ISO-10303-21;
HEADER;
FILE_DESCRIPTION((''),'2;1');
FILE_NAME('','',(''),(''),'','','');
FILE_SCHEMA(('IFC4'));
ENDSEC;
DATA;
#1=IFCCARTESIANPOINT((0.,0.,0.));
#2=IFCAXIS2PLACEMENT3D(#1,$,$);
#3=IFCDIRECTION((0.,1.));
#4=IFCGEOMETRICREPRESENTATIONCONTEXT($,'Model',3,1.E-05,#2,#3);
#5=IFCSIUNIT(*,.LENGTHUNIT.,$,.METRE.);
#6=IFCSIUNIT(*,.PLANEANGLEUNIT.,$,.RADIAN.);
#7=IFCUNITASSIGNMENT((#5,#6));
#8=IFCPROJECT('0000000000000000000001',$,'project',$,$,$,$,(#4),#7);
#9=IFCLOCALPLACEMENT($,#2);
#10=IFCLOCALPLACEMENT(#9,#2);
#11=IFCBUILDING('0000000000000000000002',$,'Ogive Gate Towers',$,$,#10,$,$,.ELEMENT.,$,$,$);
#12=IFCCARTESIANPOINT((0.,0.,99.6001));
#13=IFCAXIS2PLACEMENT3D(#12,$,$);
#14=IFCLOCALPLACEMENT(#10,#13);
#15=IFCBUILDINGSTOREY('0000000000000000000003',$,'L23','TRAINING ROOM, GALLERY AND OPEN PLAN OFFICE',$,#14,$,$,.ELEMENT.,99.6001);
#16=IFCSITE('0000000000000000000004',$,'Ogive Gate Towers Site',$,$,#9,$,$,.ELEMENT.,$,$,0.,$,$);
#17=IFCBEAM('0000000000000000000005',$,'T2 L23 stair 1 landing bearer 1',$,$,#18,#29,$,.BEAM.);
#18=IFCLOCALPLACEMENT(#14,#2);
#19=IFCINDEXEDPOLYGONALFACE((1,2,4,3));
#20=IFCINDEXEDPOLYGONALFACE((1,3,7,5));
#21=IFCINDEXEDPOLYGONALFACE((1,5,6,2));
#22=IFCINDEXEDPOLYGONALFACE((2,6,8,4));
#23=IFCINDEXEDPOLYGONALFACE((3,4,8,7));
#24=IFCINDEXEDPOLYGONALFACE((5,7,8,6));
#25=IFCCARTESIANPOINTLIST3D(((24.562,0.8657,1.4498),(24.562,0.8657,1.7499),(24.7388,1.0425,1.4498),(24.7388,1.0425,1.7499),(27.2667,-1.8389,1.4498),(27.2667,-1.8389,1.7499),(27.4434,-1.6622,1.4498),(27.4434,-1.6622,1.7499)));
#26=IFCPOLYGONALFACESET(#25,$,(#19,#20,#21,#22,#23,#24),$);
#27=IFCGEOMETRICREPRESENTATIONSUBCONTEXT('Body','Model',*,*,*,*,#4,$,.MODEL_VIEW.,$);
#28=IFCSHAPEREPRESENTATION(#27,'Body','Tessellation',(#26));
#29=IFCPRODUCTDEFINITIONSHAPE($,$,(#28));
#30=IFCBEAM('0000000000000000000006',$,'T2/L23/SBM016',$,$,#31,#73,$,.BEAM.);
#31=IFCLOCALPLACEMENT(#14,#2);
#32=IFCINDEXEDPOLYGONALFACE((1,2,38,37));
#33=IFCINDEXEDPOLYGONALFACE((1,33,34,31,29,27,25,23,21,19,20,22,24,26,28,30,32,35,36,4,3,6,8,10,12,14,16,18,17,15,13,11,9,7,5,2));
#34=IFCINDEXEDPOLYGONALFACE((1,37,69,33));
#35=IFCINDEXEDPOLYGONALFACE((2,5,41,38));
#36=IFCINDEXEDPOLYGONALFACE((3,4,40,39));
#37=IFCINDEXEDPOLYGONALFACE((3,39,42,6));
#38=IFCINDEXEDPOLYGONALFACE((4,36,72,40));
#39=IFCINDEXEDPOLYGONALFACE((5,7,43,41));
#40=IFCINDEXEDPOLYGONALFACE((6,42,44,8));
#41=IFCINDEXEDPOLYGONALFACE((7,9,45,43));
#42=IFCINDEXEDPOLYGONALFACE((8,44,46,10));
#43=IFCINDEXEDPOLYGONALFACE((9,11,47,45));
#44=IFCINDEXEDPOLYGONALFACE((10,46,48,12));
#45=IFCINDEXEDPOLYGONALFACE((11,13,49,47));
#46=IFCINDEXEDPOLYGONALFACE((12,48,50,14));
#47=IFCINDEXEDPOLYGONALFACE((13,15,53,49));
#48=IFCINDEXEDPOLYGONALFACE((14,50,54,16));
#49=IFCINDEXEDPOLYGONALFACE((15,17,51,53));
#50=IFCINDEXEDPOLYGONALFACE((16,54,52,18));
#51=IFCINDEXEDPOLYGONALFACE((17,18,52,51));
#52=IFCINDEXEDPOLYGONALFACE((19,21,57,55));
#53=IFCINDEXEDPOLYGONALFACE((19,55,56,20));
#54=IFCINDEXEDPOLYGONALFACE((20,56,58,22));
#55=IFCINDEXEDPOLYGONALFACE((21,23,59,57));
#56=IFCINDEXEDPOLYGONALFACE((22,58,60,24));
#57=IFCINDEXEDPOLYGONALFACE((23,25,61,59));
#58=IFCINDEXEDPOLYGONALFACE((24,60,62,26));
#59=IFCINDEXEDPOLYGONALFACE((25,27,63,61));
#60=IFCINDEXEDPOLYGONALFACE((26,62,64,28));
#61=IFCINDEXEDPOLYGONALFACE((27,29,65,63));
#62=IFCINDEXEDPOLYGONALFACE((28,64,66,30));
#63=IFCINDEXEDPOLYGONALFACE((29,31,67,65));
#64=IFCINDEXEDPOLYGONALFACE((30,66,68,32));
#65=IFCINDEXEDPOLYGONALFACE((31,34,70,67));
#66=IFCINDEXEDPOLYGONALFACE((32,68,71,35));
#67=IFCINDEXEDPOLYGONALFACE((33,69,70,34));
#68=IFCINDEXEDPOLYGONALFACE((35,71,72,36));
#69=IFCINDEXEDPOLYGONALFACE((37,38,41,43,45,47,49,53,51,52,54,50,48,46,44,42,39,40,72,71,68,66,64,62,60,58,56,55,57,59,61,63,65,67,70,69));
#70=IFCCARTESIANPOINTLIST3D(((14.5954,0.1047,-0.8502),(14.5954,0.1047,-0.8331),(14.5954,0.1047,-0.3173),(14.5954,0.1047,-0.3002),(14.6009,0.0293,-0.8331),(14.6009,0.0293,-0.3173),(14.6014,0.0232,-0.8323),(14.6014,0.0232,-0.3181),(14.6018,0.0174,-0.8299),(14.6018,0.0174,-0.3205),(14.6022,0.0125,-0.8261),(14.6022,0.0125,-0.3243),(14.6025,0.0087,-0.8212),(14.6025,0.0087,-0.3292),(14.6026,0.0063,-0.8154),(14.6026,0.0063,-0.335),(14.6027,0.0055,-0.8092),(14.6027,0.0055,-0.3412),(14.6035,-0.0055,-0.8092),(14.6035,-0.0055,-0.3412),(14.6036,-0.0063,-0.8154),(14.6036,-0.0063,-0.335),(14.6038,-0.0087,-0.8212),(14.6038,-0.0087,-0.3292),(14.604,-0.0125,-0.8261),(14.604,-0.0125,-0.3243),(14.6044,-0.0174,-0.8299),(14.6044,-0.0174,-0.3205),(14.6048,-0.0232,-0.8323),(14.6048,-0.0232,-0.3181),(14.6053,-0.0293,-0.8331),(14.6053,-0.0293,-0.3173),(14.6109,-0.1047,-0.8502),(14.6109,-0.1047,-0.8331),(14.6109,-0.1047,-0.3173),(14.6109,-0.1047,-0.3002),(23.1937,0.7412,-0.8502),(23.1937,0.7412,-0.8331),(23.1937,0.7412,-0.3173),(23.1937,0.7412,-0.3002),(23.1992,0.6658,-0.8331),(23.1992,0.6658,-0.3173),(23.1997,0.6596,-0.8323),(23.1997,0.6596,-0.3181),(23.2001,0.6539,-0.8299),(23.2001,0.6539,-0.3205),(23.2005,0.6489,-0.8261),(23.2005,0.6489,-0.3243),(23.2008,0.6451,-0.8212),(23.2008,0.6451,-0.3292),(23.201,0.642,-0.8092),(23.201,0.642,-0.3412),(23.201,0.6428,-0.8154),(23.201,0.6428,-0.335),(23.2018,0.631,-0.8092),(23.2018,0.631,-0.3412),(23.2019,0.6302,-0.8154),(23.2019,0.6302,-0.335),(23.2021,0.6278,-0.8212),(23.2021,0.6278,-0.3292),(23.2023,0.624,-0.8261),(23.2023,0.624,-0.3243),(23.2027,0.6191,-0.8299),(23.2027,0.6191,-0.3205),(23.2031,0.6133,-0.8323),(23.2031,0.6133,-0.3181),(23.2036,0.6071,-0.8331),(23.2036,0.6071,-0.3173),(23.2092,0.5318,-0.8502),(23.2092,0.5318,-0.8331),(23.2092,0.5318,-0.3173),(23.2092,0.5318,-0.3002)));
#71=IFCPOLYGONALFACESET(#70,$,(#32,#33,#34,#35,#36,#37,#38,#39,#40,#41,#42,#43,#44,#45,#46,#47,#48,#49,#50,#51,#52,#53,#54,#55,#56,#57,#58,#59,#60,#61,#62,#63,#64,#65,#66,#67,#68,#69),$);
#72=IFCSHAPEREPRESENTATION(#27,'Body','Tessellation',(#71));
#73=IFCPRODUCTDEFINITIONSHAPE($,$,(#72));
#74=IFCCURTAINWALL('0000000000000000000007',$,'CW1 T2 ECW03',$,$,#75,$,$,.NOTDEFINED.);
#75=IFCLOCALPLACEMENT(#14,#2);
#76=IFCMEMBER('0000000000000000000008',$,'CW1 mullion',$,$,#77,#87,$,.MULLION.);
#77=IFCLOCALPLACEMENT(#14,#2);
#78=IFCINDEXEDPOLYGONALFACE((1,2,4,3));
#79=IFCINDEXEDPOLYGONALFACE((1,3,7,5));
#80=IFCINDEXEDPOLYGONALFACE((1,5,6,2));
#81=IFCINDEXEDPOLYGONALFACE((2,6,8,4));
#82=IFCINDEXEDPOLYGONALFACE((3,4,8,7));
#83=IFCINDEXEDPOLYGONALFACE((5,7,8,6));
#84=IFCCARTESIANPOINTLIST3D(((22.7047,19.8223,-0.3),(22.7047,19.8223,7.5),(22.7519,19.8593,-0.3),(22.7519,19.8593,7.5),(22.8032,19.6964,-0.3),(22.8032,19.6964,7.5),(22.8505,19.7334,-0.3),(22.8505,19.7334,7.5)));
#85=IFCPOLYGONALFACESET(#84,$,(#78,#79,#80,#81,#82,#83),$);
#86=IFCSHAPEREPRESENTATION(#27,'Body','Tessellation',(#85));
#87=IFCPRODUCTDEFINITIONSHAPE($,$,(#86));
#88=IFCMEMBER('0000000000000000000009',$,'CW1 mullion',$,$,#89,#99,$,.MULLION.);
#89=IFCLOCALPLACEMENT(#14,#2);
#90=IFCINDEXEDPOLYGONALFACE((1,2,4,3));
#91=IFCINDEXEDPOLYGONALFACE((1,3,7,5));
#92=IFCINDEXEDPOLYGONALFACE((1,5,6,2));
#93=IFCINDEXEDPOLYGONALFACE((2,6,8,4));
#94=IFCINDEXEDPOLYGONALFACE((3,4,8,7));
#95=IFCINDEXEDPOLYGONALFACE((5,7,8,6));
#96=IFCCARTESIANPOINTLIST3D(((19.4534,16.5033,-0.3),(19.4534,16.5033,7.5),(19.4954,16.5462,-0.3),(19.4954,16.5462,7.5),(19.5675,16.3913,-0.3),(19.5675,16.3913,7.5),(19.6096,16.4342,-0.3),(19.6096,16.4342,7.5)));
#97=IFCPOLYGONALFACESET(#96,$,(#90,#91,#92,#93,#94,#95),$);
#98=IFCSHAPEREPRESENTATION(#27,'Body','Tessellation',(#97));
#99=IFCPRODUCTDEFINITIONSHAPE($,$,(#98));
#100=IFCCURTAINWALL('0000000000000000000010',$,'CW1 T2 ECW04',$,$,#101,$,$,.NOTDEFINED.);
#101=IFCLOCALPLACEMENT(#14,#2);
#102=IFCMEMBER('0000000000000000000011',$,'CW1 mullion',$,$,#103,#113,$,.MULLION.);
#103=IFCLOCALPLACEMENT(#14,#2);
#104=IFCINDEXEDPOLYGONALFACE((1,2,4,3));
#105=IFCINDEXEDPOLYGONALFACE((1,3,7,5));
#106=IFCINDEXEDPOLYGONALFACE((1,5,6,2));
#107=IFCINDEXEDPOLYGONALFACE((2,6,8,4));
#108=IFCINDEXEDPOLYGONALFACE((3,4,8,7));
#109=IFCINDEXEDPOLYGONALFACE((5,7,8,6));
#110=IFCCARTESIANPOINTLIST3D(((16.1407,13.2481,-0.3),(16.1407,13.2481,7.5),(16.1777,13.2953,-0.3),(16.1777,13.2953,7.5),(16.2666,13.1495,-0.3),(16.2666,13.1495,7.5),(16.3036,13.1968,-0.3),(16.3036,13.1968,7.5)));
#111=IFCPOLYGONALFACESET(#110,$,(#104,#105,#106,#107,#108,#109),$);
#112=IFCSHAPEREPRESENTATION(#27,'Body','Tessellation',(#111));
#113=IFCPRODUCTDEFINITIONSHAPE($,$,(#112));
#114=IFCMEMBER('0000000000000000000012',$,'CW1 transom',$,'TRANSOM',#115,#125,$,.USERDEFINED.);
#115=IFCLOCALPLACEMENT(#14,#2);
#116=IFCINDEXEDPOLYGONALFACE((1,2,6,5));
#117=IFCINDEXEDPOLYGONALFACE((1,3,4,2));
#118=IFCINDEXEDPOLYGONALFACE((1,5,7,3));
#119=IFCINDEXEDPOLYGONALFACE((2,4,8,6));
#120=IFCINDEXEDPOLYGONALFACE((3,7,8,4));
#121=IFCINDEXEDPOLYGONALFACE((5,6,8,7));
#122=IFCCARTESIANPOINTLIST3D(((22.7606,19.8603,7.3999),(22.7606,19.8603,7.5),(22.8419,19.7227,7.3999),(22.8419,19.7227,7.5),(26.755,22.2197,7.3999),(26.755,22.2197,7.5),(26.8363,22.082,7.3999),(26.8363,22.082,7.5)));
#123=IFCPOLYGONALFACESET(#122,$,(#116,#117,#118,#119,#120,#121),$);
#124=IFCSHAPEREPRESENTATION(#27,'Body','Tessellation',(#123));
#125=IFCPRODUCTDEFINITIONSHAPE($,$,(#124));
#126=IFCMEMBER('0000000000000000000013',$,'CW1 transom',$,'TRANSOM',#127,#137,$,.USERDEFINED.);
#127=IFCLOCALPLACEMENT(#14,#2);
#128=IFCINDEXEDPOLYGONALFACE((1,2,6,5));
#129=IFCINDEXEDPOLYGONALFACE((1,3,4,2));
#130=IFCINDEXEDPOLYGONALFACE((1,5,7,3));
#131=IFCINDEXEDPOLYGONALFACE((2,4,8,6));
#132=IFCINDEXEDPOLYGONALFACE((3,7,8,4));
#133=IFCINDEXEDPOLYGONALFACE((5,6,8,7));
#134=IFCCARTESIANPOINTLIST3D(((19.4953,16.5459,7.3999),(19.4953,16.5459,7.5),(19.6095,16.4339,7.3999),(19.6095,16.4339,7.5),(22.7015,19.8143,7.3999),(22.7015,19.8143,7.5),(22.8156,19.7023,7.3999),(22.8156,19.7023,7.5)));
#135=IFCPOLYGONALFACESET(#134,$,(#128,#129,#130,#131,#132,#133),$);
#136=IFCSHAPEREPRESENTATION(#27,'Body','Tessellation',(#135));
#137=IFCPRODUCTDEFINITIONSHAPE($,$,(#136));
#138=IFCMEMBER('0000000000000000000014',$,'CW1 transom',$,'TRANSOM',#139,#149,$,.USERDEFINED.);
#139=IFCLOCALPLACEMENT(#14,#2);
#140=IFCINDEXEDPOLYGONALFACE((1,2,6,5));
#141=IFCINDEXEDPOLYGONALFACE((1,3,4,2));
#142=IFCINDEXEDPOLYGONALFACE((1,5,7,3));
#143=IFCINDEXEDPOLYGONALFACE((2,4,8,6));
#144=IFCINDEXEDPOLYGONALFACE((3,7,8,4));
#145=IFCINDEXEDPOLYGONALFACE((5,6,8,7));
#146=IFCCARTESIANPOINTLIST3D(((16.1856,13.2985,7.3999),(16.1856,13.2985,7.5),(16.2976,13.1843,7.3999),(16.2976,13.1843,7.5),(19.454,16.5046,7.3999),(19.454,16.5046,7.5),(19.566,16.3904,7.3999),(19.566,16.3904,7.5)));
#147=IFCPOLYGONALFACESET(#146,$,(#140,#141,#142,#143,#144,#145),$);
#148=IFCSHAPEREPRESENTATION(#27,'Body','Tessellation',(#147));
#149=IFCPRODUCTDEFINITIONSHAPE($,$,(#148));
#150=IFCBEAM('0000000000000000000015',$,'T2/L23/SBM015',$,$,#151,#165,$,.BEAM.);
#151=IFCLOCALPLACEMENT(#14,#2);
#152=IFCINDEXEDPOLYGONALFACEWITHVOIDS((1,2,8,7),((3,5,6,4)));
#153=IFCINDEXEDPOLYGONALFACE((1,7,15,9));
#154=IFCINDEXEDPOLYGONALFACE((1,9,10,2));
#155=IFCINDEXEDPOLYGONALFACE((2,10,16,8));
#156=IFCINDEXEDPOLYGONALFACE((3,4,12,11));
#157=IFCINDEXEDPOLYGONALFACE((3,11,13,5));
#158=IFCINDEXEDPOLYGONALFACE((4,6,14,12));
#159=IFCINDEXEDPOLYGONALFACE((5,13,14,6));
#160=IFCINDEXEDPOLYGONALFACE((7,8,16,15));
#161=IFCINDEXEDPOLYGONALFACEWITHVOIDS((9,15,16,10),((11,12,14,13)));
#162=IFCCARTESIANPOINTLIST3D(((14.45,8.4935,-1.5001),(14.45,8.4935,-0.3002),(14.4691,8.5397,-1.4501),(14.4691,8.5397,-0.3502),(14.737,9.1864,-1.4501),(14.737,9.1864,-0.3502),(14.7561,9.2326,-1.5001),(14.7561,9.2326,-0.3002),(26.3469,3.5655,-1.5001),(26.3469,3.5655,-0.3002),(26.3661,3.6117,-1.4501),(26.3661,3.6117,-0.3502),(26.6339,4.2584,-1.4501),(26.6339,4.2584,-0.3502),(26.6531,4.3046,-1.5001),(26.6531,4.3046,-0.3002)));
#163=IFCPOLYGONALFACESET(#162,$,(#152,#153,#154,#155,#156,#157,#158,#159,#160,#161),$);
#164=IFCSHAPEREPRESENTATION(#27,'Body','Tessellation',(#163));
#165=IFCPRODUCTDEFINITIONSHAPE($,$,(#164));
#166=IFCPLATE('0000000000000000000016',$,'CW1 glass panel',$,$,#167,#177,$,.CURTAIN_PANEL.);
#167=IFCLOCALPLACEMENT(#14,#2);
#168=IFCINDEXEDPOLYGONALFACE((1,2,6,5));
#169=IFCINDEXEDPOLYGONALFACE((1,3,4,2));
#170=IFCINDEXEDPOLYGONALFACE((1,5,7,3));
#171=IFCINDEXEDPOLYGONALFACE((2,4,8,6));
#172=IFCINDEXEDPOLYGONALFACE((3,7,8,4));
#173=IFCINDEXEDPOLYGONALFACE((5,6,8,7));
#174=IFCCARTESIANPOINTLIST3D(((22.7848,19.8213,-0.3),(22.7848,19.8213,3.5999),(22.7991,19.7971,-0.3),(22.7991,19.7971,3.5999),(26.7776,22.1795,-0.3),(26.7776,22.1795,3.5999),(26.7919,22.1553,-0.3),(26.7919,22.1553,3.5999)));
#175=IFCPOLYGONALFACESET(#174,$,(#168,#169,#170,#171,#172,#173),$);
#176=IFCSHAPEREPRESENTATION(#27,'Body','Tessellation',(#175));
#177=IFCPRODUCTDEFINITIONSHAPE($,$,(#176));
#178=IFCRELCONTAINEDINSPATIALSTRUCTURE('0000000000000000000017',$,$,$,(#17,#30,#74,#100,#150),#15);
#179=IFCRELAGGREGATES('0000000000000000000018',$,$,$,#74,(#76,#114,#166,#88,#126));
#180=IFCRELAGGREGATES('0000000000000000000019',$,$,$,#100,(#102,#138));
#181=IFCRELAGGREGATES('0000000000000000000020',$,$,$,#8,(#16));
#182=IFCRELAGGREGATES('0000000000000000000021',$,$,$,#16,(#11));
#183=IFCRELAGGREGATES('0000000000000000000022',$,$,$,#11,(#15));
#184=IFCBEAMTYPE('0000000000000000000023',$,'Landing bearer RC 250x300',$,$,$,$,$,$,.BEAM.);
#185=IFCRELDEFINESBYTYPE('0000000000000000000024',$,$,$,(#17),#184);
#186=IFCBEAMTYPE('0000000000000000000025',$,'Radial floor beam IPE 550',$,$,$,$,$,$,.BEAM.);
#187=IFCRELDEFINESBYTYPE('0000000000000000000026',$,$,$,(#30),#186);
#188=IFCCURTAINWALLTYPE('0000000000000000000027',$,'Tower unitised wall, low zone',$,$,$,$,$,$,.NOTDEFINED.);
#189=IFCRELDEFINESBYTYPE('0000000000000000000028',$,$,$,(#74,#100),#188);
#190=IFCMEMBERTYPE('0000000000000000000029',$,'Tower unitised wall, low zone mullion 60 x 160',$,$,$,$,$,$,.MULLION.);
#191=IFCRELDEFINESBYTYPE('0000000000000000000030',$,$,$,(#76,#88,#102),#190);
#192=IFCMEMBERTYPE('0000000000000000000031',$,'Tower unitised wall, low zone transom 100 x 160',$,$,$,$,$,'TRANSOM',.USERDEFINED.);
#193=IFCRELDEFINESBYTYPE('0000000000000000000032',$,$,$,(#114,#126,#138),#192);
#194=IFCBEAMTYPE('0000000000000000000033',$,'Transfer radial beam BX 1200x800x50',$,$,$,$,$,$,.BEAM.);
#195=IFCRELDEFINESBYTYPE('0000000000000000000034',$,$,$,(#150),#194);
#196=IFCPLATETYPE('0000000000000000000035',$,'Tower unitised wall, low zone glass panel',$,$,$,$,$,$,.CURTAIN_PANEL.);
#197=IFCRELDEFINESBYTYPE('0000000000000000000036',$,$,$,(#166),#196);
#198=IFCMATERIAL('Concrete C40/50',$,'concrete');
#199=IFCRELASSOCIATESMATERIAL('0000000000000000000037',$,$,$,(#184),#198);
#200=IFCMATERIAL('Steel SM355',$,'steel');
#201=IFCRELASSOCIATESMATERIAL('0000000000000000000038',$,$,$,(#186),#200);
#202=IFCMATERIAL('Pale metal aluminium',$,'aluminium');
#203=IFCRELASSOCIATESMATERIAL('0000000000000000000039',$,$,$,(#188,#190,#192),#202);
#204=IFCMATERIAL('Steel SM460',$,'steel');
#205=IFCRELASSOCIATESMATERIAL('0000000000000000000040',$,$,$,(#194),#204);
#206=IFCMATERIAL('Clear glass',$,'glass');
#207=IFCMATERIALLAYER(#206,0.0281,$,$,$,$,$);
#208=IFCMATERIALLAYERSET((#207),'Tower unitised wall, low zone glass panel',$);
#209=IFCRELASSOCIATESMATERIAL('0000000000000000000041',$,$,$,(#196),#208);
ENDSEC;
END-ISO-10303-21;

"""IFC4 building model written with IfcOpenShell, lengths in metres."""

from ifc_helpers import new_model, si_unit, direction, frame, origin, origin_2d, place, context, subcontext, project, spatial, rectangle, hollow_rectangle, i_section, extrude, material, layer, layer_set, material_profile, profile_set, type_object, element, aggregate, save


model = new_model("IFC4")

# Units and contexts
model_context = context("Model", 3, precision=1e-05, world=origin(), true_north=direction((0.0, 1.0)))
body_context = subcontext(model_context, "Body", "Model", "MODEL_VIEW")
ifc_project = project(units=[si_unit("LENGTHUNIT", "METRE"), si_unit("PLANEANGLEUNIT", "RADIAN")], contexts=[model_context])

# Site, building, storey
site_placement = place(None, origin())
site = spatial("IfcSite", under=ifc_project, at=site_placement, Name="Ogive Gate Towers Site", CompositionType="ELEMENT", RefElevation=0.0)
building_placement = place(site_placement, origin())
building = spatial("IfcBuilding", under=site, at=building_placement, Name="Ogive Gate Towers", CompositionType="ELEMENT")
storey_placement = place(building_placement, frame((0.0, 0.0, 99.6001)))
storey = spatial("IfcBuildingStorey", under=building, at=storey_placement, Name="L23", Description="TRAINING ROOM, GALLERY AND OPEN PLAN OFFICE", CompositionType="ELEMENT", Elevation=99.6001)

# Beams
ifc_material_1 = material(Name="Concrete C40/50", Category="concrete")
ifc_material_profile_1 = material_profile(ifc_material_1, rectangle(XDim=0.25, YDim=0.3, at=origin_2d()), Name="RC 250x300")
ifc_profile_set_1 = profile_set([ifc_material_profile_1], Name="Concrete C40/50")
beam_type_1 = type_object("IfcBeamType", Name="Landing bearer RC 250x300", PredefinedType="BEAM", material=ifc_profile_set_1)
beam_1_placement = place(storey_placement, frame((24.6504, 0.9541, 1.5999), z_axis=(0.707107, -0.707107, 0.0), x_axis=(0.707107, 0.707107, 0.0)))
element("IfcBeam", 1, at=beam_1_placement, inside=storey, type_object=beam_type_1, Name="T2 L23 stair 1 landing bearer 1", PredefinedType="BEAM", context=body_context, shape_type="SweptSolid", body=[
    extrude(rectangle(XDim=0.25, YDim=0.3, at=origin_2d()), origin(), (0.0, 0.0, 1.0), 3.825),
])
ifc_material_2 = material(Name="Steel SM355", Category="steel")
ifc_material_profile_2 = material_profile(ifc_material_2, i_section(OverallWidth=0.21, OverallDepth=0.55, WebThickness=0.011, FlangeThickness=0.0171, FilletRadius=0.0239, at=origin_2d()), Name="IPE 550")
ifc_profile_set_2 = profile_set([ifc_material_profile_2], Name="Steel SM355")
beam_type_2 = type_object("IfcBeamType", Name="Radial floor beam IPE 550", PredefinedType="BEAM", material=ifc_profile_set_2)
beam_2_placement = place(storey_placement, frame((23.2014, 0.6365, -0.5752), z_axis=(-0.997272, -0.073821, 0.0), x_axis=(0.073821, -0.997272, 0.0)))
element("IfcBeam", 2, at=beam_2_placement, inside=storey, type_object=beam_type_2, Name="T2/L23/SBM016", PredefinedType="BEAM", context=body_context, shape_type="SweptSolid", body=[
    extrude(i_section(OverallWidth=0.21, OverallDepth=0.55, WebThickness=0.011, FlangeThickness=0.0171, FilletRadius=0.0239, at=origin_2d()), origin(), (0.0, 0.0, 1.0), 8.6218),
])

# Curtain wall, members
ifc_material_3 = material(Name="Pale metal aluminium", Category="aluminium")
curtain_wall_type = type_object("IfcCurtainWallType", Name="Tower unitised wall, low zone", PredefinedType="NOTDEFINED", material=ifc_material_3)
curtain_wall_1_placement = place(storey_placement, origin())
curtain_wall_1 = element("IfcCurtainWall", 3, at=curtain_wall_1_placement, inside=storey, type_object=curtain_wall_type, Name="CW1 T2 ECW03", PredefinedType="NOTDEFINED")
ifc_material_profile_3 = material_profile(ifc_material_3, rectangle(XDim=0.1599, YDim=0.0601, at=origin_2d()), Name="60 x 160 aluminium box")
ifc_profile_set_3 = profile_set([ifc_material_profile_3], Name="Pale metal aluminium")
member_type_1 = type_object("IfcMemberType", Name="Tower unitised wall, low zone mullion 60 x 160", PredefinedType="MULLION", material=ifc_profile_set_3)
member_1_placement = place(storey_placement, frame((22.7776, 19.7778, -0.3), z_axis=(0.0, 0.0, 1.0), x_axis=(-0.616459, 0.787387, 0.0)))
member_1 = element("IfcMember", 4, at=member_1_placement, type_object=member_type_1, Name="CW1 mullion", PredefinedType="MULLION", context=body_context, shape_type="SweptSolid", body=[
    extrude(rectangle(XDim=0.1599, YDim=0.0601, at=origin_2d()), origin(), (0.0, 0.0, 1.0), 7.8),
])
member_2_placement = place(storey_placement, frame((19.5315, 16.4688, -0.3), z_axis=(0.0, 0.0, 1.0), x_axis=(-0.71385, 0.700299, 0.0)))
member_2 = element("IfcMember", 5, at=member_2_placement, type_object=member_type_1, Name="CW1 mullion", PredefinedType="MULLION", context=body_context, shape_type="SweptSolid", body=[
    extrude(rectangle(XDim=0.1599, YDim=0.0601, at=origin_2d()), origin(), (0.0, 0.0, 1.0), 7.8),
])

# Curtain wall, member
curtain_wall_2_placement = place(storey_placement, origin())
curtain_wall_2 = element("IfcCurtainWall", 6, at=curtain_wall_2_placement, inside=storey, type_object=curtain_wall_type, Name="CW1 T2 ECW04", PredefinedType="NOTDEFINED")
member_3_placement = place(storey_placement, frame((16.2222, 13.2224, -0.3), z_axis=(0.0, 0.0, 1.0), x_axis=(-0.787387, 0.616459, 0.0)))
member_3 = element("IfcMember", 7, at=member_3_placement, type_object=member_type_1, Name="CW1 mullion", PredefinedType="MULLION", context=body_context, shape_type="SweptSolid", body=[
    extrude(rectangle(XDim=0.1599, YDim=0.0601, at=origin_2d()), origin(), (0.0, 0.0, 1.0), 7.8),
])

# Members
ifc_material_profile_4 = material_profile(ifc_material_3, rectangle(XDim=0.1599, YDim=0.1001, at=origin_2d()), Name="100 x 160 aluminium box")
ifc_profile_set_4 = profile_set([ifc_material_profile_4], Name="Pale metal aluminium")
member_type_2 = type_object("IfcMemberType", Name="Tower unitised wall, low zone transom 100 x 160", ElementType="TRANSOM", PredefinedType="USERDEFINED", material=ifc_profile_set_4)
member_4_placement = place(storey_placement, frame((26.7957, 22.1509, 7.45), z_axis=(-0.861016, -0.508579, 0.0), x_axis=(0.508579, -0.861016, 0.0)))
member_4 = element("IfcMember", 8, at=member_4_placement, type_object=member_type_2, Name="CW1 transom", ObjectType="TRANSOM", PredefinedType="USERDEFINED", context=body_context, shape_type="SweptSolid", body=[
    extrude(rectangle(XDim=0.1599, YDim=0.1001, at=origin_2d()), origin(), (0.0, 0.0, 1.0), 4.6392),
])
member_5_placement = place(storey_placement, frame((22.7585, 19.7583, 7.45), z_axis=(-0.700275, -0.713873, 0.0), x_axis=(0.713873, -0.700275, 0.0)))
member_5 = element("IfcMember", 9, at=member_5_placement, type_object=member_type_2, Name="CW1 transom", ObjectType="TRANSOM", PredefinedType="USERDEFINED", context=body_context, shape_type="SweptSolid", body=[
    extrude(rectangle(XDim=0.1599, YDim=0.1001, at=origin_2d()), origin(), (0.0, 0.0, 1.0), 4.5784),
])
member_6_placement = place(storey_placement, frame((19.51, 16.4475, 7.45), z_axis=(-0.713873, -0.700275, 0.0), x_axis=(0.700275, -0.713873, 0.0)))
member_6 = element("IfcMember", 10, at=member_6_placement, type_object=member_type_2, Name="CW1 transom", ObjectType="TRANSOM", PredefinedType="USERDEFINED", context=body_context, shape_type="SweptSolid", body=[
    extrude(rectangle(XDim=0.1599, YDim=0.1001, at=origin_2d()), origin(), (0.0, 0.0, 1.0), 4.5784),
])

# Beam
ifc_material_4 = material(Name="Steel SM460", Category="steel")
ifc_material_profile_5 = material_profile(ifc_material_4, hollow_rectangle(XDim=0.8, YDim=1.2, WallThickness=0.05, at=origin_2d()), Name="BX 1200x800x50")
ifc_profile_set_5 = profile_set([ifc_material_profile_5], Name="Steel SM460")
beam_type_3 = type_object("IfcBeamType", Name="Transfer radial beam BX 1200x800x50", PredefinedType="BEAM", material=ifc_profile_set_5)
beam_3_placement = place(storey_placement, frame((26.5, 3.9351, -0.9001), z_axis=(-0.923877, 0.382689, 0.0), x_axis=(-0.382689, -0.923877, 0.0)))
element("IfcBeam", 11, at=beam_3_placement, inside=storey, type_object=beam_type_3, Name="T2/L23/SBM015", PredefinedType="BEAM", context=body_context, shape_type="SweptSolid", body=[
    extrude(hollow_rectangle(XDim=0.8, YDim=1.2, WallThickness=0.05, at=origin_2d()), origin(), (0.0, 0.0, 1.0), 12.8772),
])

# Plate
ifc_material_5 = material(Name="Clear glass", Category="glass")
ifc_layer_1 = layer(ifc_material_5, 0.0281)
ifc_layer_set_1 = layer_set([ifc_layer_1], Name="Tower unitised wall, low zone glass panel")
plate_type = type_object("IfcPlateType", Name="Tower unitised wall, low zone glass panel", PredefinedType="CURTAIN_PANEL", material=ifc_layer_set_1)
plate_1_placement = place(storey_placement, frame((24.7883, 20.9883, -0.3), z_axis=(0.0, 0.0, 1.0), x_axis=(-0.861035, -0.508546, 0.0)))
plate_1 = element("IfcPlate", 12, at=plate_1_placement, type_object=plate_type, Name="CW1 glass panel", PredefinedType="CURTAIN_PANEL", context=body_context, shape_type="SweptSolid", body=[
    extrude(rectangle(XDim=4.6372, YDim=0.0281, at=origin_2d()), origin(), (0.0, 0.0, 1.0), 3.8999),
])
aggregate(curtain_wall_1, [member_1, member_4, plate_1, member_2, member_5])
aggregate(curtain_wall_2, [member_3, member_6])

save(model, "model.ifc")
